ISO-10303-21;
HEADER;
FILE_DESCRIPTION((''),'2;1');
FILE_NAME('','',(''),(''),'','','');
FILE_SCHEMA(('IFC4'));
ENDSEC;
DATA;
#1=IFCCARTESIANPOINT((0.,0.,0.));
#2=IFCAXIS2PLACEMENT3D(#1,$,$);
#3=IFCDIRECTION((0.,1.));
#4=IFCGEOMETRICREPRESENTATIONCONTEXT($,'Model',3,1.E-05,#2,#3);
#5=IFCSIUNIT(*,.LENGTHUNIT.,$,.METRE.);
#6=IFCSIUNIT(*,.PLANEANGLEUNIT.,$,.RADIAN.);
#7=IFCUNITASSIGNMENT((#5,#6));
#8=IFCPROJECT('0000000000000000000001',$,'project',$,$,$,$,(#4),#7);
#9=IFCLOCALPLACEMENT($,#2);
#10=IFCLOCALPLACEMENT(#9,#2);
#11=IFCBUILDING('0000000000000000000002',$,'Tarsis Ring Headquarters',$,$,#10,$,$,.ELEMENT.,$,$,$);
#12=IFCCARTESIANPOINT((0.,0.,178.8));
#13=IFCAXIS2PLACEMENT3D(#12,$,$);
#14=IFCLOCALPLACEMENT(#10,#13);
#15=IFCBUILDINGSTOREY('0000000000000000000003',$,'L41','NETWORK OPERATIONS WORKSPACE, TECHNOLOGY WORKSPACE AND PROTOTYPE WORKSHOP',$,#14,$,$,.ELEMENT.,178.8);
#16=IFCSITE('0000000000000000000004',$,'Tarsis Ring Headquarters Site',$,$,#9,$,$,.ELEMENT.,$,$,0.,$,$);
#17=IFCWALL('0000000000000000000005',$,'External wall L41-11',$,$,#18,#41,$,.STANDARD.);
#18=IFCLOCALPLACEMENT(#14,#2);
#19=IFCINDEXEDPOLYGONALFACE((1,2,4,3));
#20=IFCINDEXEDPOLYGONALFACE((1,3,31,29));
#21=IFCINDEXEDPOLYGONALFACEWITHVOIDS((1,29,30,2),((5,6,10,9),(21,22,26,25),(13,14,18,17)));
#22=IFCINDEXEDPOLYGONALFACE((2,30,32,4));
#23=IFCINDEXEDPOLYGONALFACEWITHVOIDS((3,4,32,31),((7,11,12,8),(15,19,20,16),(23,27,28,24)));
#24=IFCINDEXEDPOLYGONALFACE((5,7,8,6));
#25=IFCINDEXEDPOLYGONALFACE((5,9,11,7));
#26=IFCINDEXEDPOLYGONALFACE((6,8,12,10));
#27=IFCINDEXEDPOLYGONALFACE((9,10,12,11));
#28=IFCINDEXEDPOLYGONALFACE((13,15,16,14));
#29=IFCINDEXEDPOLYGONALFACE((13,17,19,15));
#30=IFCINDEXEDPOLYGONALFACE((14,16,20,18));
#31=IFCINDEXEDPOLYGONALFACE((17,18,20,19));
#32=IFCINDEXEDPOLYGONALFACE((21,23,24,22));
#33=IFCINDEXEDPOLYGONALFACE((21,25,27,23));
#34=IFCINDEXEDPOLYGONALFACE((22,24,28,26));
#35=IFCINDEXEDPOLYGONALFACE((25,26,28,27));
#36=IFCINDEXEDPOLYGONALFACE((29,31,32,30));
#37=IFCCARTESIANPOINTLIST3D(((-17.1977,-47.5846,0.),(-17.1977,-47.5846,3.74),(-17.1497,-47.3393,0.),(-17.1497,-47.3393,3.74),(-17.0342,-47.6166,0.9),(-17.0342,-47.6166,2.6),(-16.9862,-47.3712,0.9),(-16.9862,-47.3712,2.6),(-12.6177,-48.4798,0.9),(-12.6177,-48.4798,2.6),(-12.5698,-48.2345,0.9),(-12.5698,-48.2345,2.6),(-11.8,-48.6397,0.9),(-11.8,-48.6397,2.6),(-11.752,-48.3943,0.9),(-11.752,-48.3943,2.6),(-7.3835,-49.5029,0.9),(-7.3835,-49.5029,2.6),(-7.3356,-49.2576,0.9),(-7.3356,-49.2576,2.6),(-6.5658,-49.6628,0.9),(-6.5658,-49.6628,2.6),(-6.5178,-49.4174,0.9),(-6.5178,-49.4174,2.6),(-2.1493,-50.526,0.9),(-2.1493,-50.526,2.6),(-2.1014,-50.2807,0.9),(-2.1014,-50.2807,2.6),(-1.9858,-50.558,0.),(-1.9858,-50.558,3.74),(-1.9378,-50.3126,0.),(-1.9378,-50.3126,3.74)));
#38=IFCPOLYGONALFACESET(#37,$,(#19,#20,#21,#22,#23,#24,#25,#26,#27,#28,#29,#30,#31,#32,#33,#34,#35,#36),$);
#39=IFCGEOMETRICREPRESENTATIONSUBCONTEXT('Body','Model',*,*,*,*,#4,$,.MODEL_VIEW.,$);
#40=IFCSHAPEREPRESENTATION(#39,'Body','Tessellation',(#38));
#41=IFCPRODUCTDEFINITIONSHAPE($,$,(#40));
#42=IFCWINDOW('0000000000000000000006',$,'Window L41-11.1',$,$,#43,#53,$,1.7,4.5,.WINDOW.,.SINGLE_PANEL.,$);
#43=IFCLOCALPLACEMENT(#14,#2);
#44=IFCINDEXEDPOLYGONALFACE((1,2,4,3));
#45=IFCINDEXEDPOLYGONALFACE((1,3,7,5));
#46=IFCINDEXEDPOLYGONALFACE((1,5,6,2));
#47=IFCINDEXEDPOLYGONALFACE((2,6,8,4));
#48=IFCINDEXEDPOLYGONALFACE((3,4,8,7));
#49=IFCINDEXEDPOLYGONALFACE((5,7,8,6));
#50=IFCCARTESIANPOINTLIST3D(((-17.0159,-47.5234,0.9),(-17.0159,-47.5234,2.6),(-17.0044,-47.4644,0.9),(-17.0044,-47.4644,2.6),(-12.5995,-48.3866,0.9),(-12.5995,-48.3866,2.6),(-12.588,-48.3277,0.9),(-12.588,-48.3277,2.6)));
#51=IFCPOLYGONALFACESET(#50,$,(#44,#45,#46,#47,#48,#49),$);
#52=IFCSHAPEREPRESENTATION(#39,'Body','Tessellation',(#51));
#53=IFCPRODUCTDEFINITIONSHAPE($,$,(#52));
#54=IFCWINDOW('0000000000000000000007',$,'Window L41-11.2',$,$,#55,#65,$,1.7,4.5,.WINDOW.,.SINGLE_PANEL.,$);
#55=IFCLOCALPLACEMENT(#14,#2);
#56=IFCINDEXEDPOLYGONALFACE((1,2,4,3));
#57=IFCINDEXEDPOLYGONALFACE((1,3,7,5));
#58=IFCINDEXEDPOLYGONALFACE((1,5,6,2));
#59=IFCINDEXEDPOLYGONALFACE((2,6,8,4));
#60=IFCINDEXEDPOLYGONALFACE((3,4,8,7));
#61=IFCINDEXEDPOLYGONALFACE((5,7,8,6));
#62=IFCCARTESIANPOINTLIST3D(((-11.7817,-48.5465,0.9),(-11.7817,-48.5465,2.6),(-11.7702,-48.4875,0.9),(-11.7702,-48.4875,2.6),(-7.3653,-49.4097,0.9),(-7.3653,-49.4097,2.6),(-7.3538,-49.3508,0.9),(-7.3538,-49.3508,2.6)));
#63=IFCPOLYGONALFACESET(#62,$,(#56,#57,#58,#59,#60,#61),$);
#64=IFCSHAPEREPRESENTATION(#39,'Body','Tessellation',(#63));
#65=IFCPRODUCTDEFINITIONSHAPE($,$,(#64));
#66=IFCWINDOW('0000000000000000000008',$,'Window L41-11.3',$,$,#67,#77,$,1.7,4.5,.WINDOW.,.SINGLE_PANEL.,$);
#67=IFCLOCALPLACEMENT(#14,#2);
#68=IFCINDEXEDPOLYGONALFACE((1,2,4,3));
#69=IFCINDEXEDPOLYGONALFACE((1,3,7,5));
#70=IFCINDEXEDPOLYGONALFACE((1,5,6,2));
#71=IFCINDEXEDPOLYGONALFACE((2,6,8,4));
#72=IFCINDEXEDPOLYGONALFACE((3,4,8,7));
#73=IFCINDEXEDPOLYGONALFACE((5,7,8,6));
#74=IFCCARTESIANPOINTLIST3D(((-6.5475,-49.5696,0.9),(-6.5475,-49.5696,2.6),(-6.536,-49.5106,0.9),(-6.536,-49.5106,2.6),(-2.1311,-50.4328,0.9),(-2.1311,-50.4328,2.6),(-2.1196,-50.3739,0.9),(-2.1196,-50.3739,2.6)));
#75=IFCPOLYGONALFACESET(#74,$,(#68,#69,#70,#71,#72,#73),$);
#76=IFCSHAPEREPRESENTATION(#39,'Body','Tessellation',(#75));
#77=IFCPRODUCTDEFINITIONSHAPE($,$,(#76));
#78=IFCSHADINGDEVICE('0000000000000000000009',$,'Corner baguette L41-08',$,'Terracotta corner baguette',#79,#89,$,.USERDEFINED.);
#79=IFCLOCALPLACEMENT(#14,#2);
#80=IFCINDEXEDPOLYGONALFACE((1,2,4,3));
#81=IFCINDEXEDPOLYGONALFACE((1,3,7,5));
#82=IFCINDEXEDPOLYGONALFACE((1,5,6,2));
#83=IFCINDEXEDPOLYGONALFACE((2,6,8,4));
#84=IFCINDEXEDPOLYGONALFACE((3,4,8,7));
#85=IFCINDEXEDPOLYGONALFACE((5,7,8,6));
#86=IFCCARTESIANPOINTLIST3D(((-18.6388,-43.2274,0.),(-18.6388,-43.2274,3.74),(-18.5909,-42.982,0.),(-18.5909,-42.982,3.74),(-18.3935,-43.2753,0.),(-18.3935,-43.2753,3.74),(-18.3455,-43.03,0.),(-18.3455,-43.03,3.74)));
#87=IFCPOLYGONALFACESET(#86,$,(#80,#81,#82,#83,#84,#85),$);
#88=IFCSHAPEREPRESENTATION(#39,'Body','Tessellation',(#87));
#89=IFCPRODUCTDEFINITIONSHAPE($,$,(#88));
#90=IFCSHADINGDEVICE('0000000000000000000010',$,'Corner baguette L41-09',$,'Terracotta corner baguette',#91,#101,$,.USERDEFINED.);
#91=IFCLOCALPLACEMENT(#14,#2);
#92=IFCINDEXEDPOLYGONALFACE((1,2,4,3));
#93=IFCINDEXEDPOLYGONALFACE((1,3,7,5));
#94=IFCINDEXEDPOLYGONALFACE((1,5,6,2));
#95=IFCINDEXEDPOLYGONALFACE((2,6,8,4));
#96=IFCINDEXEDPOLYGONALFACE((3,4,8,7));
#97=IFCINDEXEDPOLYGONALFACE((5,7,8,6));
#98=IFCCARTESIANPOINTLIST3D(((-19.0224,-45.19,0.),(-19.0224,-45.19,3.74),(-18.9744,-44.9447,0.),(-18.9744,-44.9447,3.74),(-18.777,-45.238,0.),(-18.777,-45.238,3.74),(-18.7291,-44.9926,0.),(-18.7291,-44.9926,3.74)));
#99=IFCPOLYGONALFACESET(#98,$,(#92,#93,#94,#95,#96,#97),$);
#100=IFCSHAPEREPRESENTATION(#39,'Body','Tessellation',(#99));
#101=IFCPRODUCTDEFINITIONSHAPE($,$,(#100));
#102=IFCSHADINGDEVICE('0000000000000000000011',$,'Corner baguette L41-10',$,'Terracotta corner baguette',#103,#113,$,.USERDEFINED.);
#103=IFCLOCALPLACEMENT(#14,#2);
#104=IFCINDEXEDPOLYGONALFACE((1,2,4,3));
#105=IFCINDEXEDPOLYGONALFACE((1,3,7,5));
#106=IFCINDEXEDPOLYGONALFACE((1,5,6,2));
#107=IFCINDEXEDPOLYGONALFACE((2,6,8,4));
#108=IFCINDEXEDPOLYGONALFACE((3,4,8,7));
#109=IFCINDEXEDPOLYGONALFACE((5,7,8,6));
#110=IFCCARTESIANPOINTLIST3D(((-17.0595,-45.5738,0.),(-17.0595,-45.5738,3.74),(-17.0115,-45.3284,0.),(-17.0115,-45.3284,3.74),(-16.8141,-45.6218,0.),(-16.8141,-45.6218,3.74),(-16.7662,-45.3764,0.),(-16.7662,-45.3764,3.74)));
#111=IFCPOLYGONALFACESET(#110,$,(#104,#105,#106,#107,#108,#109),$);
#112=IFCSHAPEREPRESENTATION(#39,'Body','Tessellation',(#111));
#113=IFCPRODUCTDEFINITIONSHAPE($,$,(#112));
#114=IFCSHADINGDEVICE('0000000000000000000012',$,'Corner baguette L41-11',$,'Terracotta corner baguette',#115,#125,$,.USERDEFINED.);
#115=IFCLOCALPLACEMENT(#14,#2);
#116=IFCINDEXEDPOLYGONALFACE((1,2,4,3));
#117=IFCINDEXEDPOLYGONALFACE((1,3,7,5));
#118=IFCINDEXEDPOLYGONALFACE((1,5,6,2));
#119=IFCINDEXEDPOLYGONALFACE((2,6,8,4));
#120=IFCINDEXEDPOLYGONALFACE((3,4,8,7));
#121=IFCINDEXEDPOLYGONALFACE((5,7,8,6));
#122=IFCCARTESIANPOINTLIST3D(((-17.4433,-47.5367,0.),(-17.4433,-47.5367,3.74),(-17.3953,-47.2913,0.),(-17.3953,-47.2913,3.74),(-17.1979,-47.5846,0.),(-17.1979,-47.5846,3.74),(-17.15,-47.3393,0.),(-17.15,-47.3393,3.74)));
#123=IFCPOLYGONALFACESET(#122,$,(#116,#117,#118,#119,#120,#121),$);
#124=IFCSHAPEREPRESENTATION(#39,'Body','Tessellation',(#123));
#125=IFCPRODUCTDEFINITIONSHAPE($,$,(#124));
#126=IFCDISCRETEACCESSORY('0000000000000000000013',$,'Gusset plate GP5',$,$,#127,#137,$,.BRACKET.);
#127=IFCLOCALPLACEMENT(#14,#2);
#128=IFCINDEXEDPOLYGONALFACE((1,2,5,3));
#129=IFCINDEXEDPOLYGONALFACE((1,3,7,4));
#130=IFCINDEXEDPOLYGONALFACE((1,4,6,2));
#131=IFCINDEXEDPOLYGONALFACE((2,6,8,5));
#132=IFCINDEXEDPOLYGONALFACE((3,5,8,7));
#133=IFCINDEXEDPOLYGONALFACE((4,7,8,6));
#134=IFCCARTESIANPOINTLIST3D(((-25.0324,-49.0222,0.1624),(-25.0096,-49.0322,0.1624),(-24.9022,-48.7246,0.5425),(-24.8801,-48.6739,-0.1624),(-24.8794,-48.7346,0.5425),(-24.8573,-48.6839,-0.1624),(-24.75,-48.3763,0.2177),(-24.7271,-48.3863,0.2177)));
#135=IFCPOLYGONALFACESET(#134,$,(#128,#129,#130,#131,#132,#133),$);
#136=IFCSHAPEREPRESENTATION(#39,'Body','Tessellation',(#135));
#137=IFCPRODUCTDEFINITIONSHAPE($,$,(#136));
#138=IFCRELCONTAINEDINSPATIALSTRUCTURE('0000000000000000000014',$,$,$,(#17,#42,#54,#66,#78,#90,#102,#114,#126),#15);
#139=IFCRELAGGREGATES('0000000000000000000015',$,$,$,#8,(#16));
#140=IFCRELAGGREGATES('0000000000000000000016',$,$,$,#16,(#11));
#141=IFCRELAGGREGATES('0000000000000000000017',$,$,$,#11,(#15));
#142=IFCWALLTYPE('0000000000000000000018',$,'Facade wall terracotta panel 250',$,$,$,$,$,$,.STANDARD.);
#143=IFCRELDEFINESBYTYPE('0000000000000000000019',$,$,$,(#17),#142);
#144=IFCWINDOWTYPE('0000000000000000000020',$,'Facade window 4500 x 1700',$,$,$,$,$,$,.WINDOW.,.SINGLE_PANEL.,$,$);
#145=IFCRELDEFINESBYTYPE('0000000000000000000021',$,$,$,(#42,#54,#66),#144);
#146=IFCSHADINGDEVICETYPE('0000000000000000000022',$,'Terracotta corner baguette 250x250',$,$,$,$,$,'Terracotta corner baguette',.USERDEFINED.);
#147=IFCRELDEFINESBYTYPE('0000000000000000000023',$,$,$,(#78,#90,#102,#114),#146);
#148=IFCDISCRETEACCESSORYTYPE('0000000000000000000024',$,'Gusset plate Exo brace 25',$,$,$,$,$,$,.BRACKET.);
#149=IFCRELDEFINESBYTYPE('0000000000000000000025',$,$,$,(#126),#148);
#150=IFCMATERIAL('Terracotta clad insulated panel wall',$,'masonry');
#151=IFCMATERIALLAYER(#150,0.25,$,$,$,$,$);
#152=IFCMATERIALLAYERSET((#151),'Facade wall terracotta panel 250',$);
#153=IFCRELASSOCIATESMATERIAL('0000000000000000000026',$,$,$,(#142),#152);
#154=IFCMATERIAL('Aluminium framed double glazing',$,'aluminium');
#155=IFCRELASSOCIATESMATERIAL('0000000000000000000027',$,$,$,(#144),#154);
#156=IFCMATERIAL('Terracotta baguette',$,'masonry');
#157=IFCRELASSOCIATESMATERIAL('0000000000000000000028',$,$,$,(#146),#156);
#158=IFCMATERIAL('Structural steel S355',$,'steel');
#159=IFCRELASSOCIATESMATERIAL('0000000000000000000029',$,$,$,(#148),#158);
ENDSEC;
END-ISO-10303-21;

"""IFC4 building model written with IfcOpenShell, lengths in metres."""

from ifc_helpers import new_model, si_unit, direction, frame, frame_2d, origin, origin_2d, place, context, subcontext, project, spatial, rectangle, extrude, material, layer, layer_set, material_profile, profile_set, type_object, element, fill, save


model = new_model("IFC4")

# Units and contexts
model_context = context("Model", 3, precision=1e-05, world=origin(), true_north=direction((0.0, 1.0)))
body_context = subcontext(model_context, "Body", "Model", "MODEL_VIEW")
ifc_project = project(units=[si_unit("LENGTHUNIT", "METRE"), si_unit("PLANEANGLEUNIT", "RADIAN")], contexts=[model_context])

# Site, building, storey
site_placement = place(None, origin())
site = spatial("IfcSite", under=ifc_project, at=site_placement, Name="Tarsis Ring Headquarters Site", CompositionType="ELEMENT", RefElevation=0.0)
building_placement = place(site_placement, origin())
building = spatial("IfcBuilding", under=site, at=building_placement, Name="Tarsis Ring Headquarters", CompositionType="ELEMENT")
storey_placement = place(building_placement, frame((0.0, 0.0, 178.8)))
storey = spatial("IfcBuildingStorey", under=building, at=storey_placement, Name="L41", Description="NETWORK OPERATIONS WORKSPACE, TECHNOLOGY WORKSPACE AND PROTOTYPE WORKSHOP", CompositionType="ELEMENT", Elevation=178.8)

# Shared definitions
ifc_material_1 = material(Name="Structural steel S355", Category="steel")

# Shared definitions
ifc_material_2 = material(Name="Terracotta clad insulated panel wall", Category="masonry")
ifc_layer = layer(ifc_material_2, 0.25)
ifc_layer_set = layer_set([ifc_layer], Name="Facade wall terracotta panel 250")
wall_type = type_object("IfcWallType", Name="Facade wall terracotta panel 250", PredefinedType="STANDARD", material=ifc_layer_set)

# Wall, openings, windows
wall_placement = place(storey_placement, frame((-17.1738, -47.4619, 0.0), z_axis=(0.0, 0.0, 1.0), x_axis=(0.981427, -0.191834, 0.0)))
wall = element("IfcWall", 1, at=wall_placement, inside=storey, type_object=wall_type, Name="External wall L41-11", PredefinedType="STANDARD", context=body_context, shape_type="SweptSolid", body=[
    extrude(rectangle(XDim=15.4998, YDim=0.25, at=frame_2d((7.75, 0.0))), origin(), (0.0, 0.0, 1.0), 3.74),
])
opening_1_placement = place(wall_placement, frame((0.1667, 0.0, 0.8999)))
opening_1 = element("IfcOpeningElement", 2, at=opening_1_placement, cuts=wall, PredefinedType="OPENING", context=body_context, shape_type="SweptSolid", body=[
    extrude(rectangle(XDim=4.5, YDim=1.7, at=frame_2d((2.25, 0.8501))), frame((0.0, 0.135, 0.0), z_axis=(0.0, -1.0, 0.0), x_axis=(1.0, 0.0, 0.0)), (0.0, 0.0, 1.0), 0.27),
])
opening_2_placement = place(wall_placement, frame((5.5, 0.0, 0.8999)))
opening_2 = element("IfcOpeningElement", 3, at=opening_2_placement, cuts=wall, PredefinedType="OPENING", context=body_context, shape_type="SweptSolid", body=[
    extrude(rectangle(XDim=4.5, YDim=1.7, at=frame_2d((2.25, 0.8501))), frame((0.0, 0.135, 0.0), z_axis=(0.0, -1.0, 0.0), x_axis=(1.0, 0.0, 0.0)), (0.0, 0.0, 1.0), 0.27),
])
opening_3_placement = place(wall_placement, frame((10.8333, 0.0, 0.8999)))
opening_3 = element("IfcOpeningElement", 4, at=opening_3_placement, cuts=wall, PredefinedType="OPENING", context=body_context, shape_type="SweptSolid", body=[
    extrude(rectangle(XDim=4.5, YDim=1.7, at=frame_2d((2.25, 0.8501))), frame((0.0, 0.135, 0.0), z_axis=(0.0, -1.0, 0.0), x_axis=(1.0, 0.0, 0.0)), (0.0, 0.0, 1.0), 0.27),
])
ifc_material_3 = material(Name="Aluminium framed double glazing", Category="aluminium")
window_type = type_object("IfcWindowType", Name="Facade window 4500 x 1700", PartitioningType="SINGLE_PANEL", PredefinedType="WINDOW", material=ifc_material_3)
window_1_placement = place(opening_1_placement, origin())
window_1 = element("IfcWindow", 5, at=window_1_placement, inside=storey, type_object=window_type, Name="Window L41-11.1", OverallHeight=1.7, OverallWidth=4.5, PartitioningType="SINGLE_PANEL", PredefinedType="WINDOW", context=body_context, shape_type="SweptSolid", body=[
    extrude(rectangle(XDim=4.5, YDim=1.7, at=frame_2d((2.25, 0.8501))), frame((0.0, 0.03, 0.0), z_axis=(0.0, -1.0, 0.0), x_axis=(1.0, 0.0, 0.0)), (0.0, 0.0, 1.0), 0.0601),
])
fill(opening_1, window_1)
window_2_placement = place(opening_2_placement, origin())
window_2 = element("IfcWindow", 6, at=window_2_placement, inside=storey, type_object=window_type, Name="Window L41-11.2", OverallHeight=1.7, OverallWidth=4.5, PartitioningType="SINGLE_PANEL", PredefinedType="WINDOW", context=body_context, shape_type="SweptSolid", body=[
    extrude(rectangle(XDim=4.5, YDim=1.7, at=frame_2d((2.25, 0.8501))), frame((0.0, 0.03, 0.0), z_axis=(0.0, -1.0, 0.0), x_axis=(1.0, 0.0, 0.0)), (0.0, 0.0, 1.0), 0.0601),
])
fill(opening_2, window_2)
window_3_placement = place(opening_3_placement, origin())
window_3 = element("IfcWindow", 7, at=window_3_placement, inside=storey, type_object=window_type, Name="Window L41-11.3", OverallHeight=1.7, OverallWidth=4.5, PartitioningType="SINGLE_PANEL", PredefinedType="WINDOW", context=body_context, shape_type="SweptSolid", body=[
    extrude(rectangle(XDim=4.5, YDim=1.7, at=frame_2d((2.25, 0.8501))), frame((0.0, 0.03, 0.0), z_axis=(0.0, -1.0, 0.0), x_axis=(1.0, 0.0, 0.0)), (0.0, 0.0, 1.0), 0.0601),
])
fill(opening_3, window_3)

# Shading devices
ifc_material_4 = material(Name="Terracotta baguette", Category="masonry")
shading_device_type_1 = type_object("IfcShadingDeviceType", Name="Terracotta corner baguette 250x250", ElementType="Terracotta corner baguette", PredefinedType="USERDEFINED", material=ifc_material_4)
for number, where, z_axis, x_axis, name in (
    (8, (-18.4922, -43.1287, 0.0), (0.0, 0.0, 1.0), (0.981427, -0.191837, 0.0), "Corner baguette L41-08"),
    (9, (-18.8757, -45.0913, 0.0), (0.0, 0.0, 1.0), (-0.191837, -0.981427, 0.0), "Corner baguette L41-09"),
    (10, (-16.9128, -45.4751, 0.0), (0.0, 0.0, 1.0), (0.981427, -0.191837, 0.0), "Corner baguette L41-10"),
    (11, (-17.2966, -47.438, 0.0), (0.0, 0.0, 1.0), (-0.191836, -0.981427, 0.0), "Corner baguette L41-11"),
):
    element("IfcShadingDevice", number, at=place(storey_placement, frame(where, z_axis=z_axis, x_axis=x_axis)), inside=storey, type_object=shading_device_type_1, Name=name, ObjectType="Terracotta corner baguette", PredefinedType="USERDEFINED", context=body_context, shape_type="SweptSolid", body=[
        extrude(rectangle(XDim=0.25, YDim=0.25, at=origin_2d()), origin(), (0.0, 0.0, 1.0), 3.74),
    ])

# Discrete accessory
ifc_material_profile_1 = material_profile(ifc_material_1, rectangle(XDim=0.0249, YDim=0.5, at=origin_2d()), Name="PL 25x500")
ifc_profile_set_1 = profile_set([ifc_material_profile_1], Name="Structural steel S355")
discrete_accessory_type = type_object("IfcDiscreteAccessoryType", Name="Gusset plate Exo brace 25", PredefinedType="BRACKET", material=ifc_profile_set_1)
discrete_accessory_placement = place(storey_placement, frame((-24.9448, -48.853, 0.0), z_axis=(0.260254, 0.595215, 0.760254), x_axis=(-0.916244, 0.400622, 0.0)))
element("IfcDiscreteAccessory", 12, at=discrete_accessory_placement, inside=storey, type_object=discrete_accessory_type, Name="Gusset plate GP5", PredefinedType="BRACKET", context=body_context, shape_type="SweptSolid", body=[
    extrude(rectangle(XDim=0.0249, YDim=0.5, at=origin_2d()), origin(), (0.0, 0.0, 1.0), 0.5),
])

save(model, "model.ifc")
